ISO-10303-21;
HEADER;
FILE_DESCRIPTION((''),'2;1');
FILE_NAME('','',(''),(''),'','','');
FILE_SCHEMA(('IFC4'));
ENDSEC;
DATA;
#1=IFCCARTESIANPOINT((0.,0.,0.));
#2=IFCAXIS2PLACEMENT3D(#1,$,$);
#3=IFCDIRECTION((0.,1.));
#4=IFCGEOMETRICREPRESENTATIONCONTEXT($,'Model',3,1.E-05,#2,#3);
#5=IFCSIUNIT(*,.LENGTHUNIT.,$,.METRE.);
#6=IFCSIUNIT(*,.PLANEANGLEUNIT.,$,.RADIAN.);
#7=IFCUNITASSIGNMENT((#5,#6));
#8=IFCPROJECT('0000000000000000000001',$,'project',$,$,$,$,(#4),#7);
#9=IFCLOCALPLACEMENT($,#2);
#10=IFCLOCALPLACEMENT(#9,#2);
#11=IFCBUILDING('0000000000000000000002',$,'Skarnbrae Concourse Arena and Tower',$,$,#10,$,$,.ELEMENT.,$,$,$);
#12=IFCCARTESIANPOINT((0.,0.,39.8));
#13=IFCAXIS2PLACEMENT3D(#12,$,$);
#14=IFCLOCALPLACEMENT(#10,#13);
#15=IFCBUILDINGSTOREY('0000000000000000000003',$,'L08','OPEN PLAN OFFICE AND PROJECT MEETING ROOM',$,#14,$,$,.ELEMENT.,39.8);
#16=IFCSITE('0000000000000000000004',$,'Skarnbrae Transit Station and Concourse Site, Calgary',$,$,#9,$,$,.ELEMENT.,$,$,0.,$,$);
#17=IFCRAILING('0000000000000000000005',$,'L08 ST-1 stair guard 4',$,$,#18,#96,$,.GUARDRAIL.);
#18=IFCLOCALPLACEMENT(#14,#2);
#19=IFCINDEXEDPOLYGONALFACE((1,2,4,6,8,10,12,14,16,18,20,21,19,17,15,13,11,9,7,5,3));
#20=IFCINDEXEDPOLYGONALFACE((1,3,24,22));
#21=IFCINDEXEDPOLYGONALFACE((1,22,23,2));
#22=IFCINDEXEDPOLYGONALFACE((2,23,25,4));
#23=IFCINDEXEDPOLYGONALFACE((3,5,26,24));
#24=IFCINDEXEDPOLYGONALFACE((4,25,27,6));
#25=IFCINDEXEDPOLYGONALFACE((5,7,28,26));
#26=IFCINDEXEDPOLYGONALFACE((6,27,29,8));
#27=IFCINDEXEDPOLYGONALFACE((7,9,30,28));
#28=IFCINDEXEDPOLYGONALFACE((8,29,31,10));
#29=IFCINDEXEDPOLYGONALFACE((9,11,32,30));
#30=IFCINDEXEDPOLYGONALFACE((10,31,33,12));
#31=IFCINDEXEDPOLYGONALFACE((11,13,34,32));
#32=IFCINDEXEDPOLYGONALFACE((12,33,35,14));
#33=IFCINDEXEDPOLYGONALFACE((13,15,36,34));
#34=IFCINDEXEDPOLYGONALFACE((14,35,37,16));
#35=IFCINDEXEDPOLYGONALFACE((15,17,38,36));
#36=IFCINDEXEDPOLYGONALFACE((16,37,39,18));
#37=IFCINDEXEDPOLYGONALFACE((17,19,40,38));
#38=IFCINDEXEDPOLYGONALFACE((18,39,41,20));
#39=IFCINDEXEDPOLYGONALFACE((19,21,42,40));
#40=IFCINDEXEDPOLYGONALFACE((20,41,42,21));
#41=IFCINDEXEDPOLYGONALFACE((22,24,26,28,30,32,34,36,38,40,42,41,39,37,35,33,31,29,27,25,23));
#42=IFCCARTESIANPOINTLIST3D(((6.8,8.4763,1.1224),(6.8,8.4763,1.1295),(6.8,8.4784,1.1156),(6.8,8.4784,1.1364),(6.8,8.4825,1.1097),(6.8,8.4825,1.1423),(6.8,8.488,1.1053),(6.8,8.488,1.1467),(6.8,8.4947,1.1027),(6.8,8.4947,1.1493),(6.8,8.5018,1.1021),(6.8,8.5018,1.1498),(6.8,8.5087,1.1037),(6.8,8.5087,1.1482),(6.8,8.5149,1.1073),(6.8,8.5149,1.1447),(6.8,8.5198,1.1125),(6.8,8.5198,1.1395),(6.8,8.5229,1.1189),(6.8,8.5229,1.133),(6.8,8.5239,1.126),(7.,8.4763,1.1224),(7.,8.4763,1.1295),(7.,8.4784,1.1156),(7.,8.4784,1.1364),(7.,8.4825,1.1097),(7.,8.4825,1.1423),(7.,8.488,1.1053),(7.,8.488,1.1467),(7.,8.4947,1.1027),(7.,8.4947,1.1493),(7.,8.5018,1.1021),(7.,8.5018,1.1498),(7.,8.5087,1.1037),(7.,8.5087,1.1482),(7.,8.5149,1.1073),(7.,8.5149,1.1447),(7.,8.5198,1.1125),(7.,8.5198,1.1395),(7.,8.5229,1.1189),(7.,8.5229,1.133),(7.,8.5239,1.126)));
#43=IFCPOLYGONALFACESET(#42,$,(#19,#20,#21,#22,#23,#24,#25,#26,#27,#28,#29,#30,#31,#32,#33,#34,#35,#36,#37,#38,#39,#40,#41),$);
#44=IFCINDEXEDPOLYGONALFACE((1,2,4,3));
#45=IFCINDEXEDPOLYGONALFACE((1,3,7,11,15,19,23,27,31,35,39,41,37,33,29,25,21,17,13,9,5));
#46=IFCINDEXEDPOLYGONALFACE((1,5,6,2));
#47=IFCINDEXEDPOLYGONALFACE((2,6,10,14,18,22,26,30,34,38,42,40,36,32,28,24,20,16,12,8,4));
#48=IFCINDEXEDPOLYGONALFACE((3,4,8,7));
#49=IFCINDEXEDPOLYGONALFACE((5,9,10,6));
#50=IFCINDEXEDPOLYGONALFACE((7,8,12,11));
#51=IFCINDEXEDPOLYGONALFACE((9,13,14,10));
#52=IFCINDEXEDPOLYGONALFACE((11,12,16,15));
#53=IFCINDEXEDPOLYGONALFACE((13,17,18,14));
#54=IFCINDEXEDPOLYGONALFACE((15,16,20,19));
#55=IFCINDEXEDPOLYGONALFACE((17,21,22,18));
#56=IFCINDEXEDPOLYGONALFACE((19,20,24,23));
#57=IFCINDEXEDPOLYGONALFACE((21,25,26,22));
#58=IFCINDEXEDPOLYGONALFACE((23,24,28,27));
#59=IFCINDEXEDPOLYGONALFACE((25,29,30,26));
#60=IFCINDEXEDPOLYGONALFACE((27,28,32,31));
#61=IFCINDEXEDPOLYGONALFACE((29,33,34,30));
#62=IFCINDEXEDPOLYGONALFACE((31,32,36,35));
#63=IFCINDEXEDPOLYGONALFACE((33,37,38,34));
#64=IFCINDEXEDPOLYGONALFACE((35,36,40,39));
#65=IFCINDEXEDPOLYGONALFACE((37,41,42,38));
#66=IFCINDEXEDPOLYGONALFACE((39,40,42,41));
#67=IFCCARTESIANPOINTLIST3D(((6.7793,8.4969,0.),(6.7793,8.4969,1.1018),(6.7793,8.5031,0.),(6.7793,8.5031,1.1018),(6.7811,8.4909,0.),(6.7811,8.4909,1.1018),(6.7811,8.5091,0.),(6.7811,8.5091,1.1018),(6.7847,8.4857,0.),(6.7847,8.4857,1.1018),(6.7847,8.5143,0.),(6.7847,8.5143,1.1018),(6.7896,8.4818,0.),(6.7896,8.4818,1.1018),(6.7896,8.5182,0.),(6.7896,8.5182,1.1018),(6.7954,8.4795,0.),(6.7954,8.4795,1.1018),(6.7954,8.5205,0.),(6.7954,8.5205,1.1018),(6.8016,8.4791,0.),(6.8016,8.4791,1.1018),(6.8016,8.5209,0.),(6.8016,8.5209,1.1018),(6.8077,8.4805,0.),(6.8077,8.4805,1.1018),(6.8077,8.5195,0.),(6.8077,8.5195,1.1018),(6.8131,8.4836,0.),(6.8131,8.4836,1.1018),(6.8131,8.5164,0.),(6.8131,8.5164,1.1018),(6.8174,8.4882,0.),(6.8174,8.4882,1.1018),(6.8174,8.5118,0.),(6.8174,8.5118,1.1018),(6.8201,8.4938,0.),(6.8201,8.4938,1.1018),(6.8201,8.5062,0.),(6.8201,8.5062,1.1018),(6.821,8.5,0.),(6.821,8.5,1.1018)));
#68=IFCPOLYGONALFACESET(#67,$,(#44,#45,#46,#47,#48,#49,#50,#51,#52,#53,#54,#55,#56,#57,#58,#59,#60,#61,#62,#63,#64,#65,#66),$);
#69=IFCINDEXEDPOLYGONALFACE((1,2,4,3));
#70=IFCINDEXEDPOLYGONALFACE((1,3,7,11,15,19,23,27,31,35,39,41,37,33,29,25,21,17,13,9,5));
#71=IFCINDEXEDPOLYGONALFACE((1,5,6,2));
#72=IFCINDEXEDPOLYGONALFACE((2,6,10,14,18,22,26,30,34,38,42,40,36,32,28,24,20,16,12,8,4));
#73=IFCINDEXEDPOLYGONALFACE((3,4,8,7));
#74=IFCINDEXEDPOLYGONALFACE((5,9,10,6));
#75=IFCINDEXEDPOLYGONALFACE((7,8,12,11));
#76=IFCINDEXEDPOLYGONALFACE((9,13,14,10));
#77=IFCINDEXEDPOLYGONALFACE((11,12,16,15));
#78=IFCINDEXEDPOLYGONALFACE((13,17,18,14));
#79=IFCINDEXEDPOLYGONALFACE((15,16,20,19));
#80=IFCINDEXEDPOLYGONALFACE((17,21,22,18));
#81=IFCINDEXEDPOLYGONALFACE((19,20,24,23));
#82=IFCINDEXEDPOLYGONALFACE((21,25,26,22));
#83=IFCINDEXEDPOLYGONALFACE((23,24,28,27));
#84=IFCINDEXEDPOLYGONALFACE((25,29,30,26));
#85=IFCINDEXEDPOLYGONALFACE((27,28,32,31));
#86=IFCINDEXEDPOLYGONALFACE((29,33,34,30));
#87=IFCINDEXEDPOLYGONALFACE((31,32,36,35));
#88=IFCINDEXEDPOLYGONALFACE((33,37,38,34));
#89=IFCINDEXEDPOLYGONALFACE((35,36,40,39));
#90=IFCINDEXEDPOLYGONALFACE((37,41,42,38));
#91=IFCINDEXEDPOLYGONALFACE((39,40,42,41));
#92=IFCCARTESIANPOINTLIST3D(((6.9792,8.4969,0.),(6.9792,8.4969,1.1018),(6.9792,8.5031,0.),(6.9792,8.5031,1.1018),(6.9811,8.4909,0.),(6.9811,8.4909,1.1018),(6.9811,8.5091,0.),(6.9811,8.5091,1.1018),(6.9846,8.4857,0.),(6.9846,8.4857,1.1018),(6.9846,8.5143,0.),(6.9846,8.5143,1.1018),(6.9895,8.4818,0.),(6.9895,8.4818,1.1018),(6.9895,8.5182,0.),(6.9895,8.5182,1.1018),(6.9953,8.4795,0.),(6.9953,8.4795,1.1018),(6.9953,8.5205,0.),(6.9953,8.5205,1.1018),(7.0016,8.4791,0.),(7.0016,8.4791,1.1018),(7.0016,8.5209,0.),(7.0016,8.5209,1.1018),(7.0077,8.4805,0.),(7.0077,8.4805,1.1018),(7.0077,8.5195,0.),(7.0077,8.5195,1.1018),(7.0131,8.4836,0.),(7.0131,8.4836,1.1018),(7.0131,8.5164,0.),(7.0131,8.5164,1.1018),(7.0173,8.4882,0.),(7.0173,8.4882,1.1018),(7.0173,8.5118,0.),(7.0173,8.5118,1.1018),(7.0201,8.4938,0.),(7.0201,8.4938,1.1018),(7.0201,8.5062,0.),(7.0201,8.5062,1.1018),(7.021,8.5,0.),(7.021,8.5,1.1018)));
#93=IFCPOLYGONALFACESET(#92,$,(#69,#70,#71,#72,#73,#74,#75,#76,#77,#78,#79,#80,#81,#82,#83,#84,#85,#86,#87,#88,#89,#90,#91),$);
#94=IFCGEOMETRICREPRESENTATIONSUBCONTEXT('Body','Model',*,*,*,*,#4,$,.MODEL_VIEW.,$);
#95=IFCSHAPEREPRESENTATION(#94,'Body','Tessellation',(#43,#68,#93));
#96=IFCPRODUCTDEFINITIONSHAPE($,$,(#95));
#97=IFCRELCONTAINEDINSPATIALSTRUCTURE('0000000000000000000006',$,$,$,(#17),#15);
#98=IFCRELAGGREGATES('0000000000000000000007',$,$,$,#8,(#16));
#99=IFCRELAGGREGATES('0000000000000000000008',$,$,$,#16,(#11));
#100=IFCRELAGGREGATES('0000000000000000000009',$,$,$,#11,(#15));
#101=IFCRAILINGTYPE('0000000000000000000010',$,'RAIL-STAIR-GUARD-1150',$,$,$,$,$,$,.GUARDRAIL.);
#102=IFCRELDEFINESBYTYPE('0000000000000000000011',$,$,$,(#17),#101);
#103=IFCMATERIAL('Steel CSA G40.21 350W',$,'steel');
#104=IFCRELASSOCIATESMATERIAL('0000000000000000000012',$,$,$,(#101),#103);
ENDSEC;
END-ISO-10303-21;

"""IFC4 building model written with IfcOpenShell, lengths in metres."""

from ifc_helpers import new_model, si_unit, direction, frame, origin, origin_2d, place, context, subcontext, project, spatial, circle, extrude, material, type_object, element, save


model = new_model("IFC4")

# Units and contexts
model_context = context("Model", 3, precision=1e-05, world=origin(), true_north=direction((0.0, 1.0)))
body_context = subcontext(model_context, "Body", "Model", "MODEL_VIEW")
ifc_project = project(units=[si_unit("LENGTHUNIT", "METRE"), si_unit("PLANEANGLEUNIT", "RADIAN")], contexts=[model_context])

# Site, building, storey
site_placement = place(None, origin())
site = spatial("IfcSite", under=ifc_project, at=site_placement, Name="Skarnbrae Transit Station and Concourse Site, Calgary", CompositionType="ELEMENT", RefElevation=0.0)
building_placement = place(site_placement, origin())
building = spatial("IfcBuilding", under=site, at=building_placement, Name="Skarnbrae Concourse Arena and Tower", CompositionType="ELEMENT")
storey_placement = place(building_placement, frame((0.0, 0.0, 39.8)))
storey = spatial("IfcBuildingStorey", under=building, at=storey_placement, Name="L08", Description="OPEN PLAN OFFICE AND PROJECT MEETING ROOM", CompositionType="ELEMENT", Elevation=39.8)

# Shared definitions
ifc_material_1 = material(Name="Steel CSA G40.21 350W", Category="steel")

# Railing
railing_type_1 = type_object("IfcRailingType", Name="RAIL-STAIR-GUARD-1150", PredefinedType="GUARDRAIL", material=ifc_material_1)
railing_1_placement = place(storey_placement, frame((6.8, 8.5, 0.0)))
element("IfcRailing", 1, at=railing_1_placement, inside=storey, type_object=railing_type_1, Name="L08 ST-1 stair guard 4", PredefinedType="GUARDRAIL", context=body_context, shape_type="SweptSolid", body=[
    extrude(circle(Radius=0.0239, at=origin_2d()), frame((0.0, 0.0, 1.126), z_axis=(1.0, 0.0, 0.0), x_axis=(0.0, 1.0, 0.0)), (0.0, 0.0, 1.0), 0.2),
    extrude(circle(Radius=0.021, at=origin_2d()), origin(), (0.0, 0.0, 1.0), 1.1018),
    extrude(circle(Radius=0.021, at=origin_2d()), frame((0.2, 0.0, 0.0)), (0.0, 0.0, 1.0), 1.1018),
])

save(model, "model.ifc")
